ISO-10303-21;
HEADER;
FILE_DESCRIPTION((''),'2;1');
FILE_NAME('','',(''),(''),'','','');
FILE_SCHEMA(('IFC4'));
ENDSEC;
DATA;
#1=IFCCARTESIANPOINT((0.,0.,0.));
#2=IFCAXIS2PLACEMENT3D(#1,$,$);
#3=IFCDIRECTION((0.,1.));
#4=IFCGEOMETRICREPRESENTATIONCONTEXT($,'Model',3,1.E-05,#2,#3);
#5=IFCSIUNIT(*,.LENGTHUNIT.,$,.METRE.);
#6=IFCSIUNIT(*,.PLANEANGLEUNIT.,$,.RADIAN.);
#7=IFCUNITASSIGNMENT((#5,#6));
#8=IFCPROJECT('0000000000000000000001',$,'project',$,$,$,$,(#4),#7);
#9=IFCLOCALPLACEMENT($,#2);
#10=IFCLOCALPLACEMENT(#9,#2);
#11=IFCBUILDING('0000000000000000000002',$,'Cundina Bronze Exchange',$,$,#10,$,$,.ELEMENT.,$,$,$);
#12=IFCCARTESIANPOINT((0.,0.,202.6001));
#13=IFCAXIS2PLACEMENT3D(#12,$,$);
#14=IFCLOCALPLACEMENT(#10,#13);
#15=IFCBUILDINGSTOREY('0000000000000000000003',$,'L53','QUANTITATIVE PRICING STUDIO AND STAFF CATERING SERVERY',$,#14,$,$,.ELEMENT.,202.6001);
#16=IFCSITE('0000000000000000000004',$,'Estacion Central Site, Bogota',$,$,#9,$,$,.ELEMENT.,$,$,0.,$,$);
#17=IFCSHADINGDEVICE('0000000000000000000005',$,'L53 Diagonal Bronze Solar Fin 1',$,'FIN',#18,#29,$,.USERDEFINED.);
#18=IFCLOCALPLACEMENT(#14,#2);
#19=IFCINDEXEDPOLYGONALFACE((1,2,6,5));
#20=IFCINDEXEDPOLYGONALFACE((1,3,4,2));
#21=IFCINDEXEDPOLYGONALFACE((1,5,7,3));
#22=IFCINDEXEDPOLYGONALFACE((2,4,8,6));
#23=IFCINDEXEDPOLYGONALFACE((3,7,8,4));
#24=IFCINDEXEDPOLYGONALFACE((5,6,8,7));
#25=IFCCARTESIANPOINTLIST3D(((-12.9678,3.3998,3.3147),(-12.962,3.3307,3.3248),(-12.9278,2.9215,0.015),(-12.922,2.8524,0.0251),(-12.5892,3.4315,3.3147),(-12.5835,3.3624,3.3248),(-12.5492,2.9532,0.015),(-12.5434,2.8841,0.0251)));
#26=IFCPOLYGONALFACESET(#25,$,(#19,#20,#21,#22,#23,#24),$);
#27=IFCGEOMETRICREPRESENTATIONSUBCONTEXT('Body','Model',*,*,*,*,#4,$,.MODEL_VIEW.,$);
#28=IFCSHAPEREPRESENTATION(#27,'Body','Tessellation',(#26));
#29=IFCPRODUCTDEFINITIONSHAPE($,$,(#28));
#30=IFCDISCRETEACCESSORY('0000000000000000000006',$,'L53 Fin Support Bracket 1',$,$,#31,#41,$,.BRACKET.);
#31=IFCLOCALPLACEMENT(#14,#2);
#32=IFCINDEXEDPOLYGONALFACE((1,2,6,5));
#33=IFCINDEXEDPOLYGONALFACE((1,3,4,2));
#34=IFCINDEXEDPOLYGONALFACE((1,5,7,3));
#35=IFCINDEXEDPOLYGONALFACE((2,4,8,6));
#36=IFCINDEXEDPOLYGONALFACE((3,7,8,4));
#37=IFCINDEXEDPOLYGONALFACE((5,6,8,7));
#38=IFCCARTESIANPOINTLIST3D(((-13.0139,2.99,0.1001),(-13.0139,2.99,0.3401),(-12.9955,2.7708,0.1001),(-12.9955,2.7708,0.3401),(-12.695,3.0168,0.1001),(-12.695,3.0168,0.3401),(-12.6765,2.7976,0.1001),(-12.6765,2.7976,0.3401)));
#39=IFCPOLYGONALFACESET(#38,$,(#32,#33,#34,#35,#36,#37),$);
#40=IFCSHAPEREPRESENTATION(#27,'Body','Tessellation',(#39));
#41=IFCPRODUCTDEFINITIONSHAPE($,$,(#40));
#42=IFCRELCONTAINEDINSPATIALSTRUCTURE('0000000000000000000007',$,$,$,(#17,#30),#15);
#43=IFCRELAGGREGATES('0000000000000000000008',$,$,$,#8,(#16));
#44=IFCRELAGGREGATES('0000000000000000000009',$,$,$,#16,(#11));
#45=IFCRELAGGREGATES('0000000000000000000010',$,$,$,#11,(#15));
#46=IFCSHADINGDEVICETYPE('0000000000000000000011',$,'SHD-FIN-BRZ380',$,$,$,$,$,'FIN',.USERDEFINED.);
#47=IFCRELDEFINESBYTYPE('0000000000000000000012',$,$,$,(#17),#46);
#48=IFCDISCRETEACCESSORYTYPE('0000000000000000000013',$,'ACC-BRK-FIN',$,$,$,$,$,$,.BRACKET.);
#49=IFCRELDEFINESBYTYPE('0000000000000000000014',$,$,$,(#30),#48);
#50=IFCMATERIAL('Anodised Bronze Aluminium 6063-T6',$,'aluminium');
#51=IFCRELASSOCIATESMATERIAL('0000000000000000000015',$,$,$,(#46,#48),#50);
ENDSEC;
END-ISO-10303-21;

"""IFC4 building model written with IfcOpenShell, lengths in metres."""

from ifc_helpers import new_model, si_unit, direction, frame, origin, origin_2d, place, context, subcontext, project, spatial, rectangle, extrude, material, material_profile, profile_set, type_object, element, save


model = new_model("IFC4")

# Units and contexts
model_context = context("Model", 3, precision=1e-05, world=origin(), true_north=direction((0.0, 1.0)))
body_context = subcontext(model_context, "Body", "Model", "MODEL_VIEW")
ifc_project = project(units=[si_unit("LENGTHUNIT", "METRE"), si_unit("PLANEANGLEUNIT", "RADIAN")], contexts=[model_context])

# Site, building, storey
site_placement = place(None, origin())
site = spatial("IfcSite", under=ifc_project, at=site_placement, Name="Estacion Central Site, Bogota", CompositionType="ELEMENT", RefElevation=0.0)
building_placement = place(site_placement, origin())
building = spatial("IfcBuilding", under=site, at=building_placement, Name="Cundina Bronze Exchange", CompositionType="ELEMENT")
storey_placement = place(building_placement, frame((0.0, 0.0, 202.6001)))
storey = spatial("IfcBuildingStorey", under=building, at=storey_placement, Name="L53", Description="QUANTITATIVE PRICING STUDIO AND STAFF CATERING SERVERY", CompositionType="ELEMENT", Elevation=202.6001)

# Shared definitions
ifc_material_1 = material(Name="Anodised Bronze Aluminium 6063-T6", Category="aluminium")

# Shading device
ifc_material_profile_1 = material_profile(ifc_material_1, rectangle(XDim=0.0701, YDim=0.3799, at=origin_2d()), Name="FIN70X380", Category="aluminium")
ifc_profile_set_1 = profile_set([ifc_material_profile_1], Name="Anodised Bronze Aluminium 6063-T6")
shading_device_type = type_object("IfcShadingDeviceType", Name="SHD-FIN-BRZ380", ElementType="FIN", PredefinedType="USERDEFINED", material=ifc_profile_set_1)
shading_device_placement = place(storey_placement, frame((-12.7356, 2.9028, 0.02), z_axis=(-0.012007, 0.14343, 0.989588), x_axis=(0.082556, -0.986138, 0.143932)))
element("IfcShadingDevice", 1, at=shading_device_placement, inside=storey, type_object=shading_device_type, Name="L53 Diagonal Bronze Solar Fin 1", ObjectType="FIN", PredefinedType="USERDEFINED", context=body_context, shape_type="SweptSolid", body=[
    extrude(rectangle(XDim=0.0701, YDim=0.3799, at=origin_2d()), origin(), (0.0, 0.0, 1.0), 3.3345),
])

# Discrete accessory
discrete_accessory_type = type_object("IfcDiscreteAccessoryType", Name="ACC-BRK-FIN", PredefinedType="BRACKET", material=ifc_material_1)
discrete_accessory_placement = place(storey_placement, frame((-12.8452, 2.8938, 0.1001), z_axis=(0.0, 0.0, 1.0), x_axis=(-0.083747, 0.996487, 0.0)))
element("IfcDiscreteAccessory", 2, at=discrete_accessory_placement, inside=storey, type_object=discrete_accessory_type, Name="L53 Fin Support Bracket 1", PredefinedType="BRACKET", context=body_context, shape_type="SweptSolid", body=[
    extrude(rectangle(XDim=0.22, YDim=0.3201, at=origin_2d()), origin(), (0.0, 0.0, 1.0), 0.24),
])

save(model, "model.ifc")
